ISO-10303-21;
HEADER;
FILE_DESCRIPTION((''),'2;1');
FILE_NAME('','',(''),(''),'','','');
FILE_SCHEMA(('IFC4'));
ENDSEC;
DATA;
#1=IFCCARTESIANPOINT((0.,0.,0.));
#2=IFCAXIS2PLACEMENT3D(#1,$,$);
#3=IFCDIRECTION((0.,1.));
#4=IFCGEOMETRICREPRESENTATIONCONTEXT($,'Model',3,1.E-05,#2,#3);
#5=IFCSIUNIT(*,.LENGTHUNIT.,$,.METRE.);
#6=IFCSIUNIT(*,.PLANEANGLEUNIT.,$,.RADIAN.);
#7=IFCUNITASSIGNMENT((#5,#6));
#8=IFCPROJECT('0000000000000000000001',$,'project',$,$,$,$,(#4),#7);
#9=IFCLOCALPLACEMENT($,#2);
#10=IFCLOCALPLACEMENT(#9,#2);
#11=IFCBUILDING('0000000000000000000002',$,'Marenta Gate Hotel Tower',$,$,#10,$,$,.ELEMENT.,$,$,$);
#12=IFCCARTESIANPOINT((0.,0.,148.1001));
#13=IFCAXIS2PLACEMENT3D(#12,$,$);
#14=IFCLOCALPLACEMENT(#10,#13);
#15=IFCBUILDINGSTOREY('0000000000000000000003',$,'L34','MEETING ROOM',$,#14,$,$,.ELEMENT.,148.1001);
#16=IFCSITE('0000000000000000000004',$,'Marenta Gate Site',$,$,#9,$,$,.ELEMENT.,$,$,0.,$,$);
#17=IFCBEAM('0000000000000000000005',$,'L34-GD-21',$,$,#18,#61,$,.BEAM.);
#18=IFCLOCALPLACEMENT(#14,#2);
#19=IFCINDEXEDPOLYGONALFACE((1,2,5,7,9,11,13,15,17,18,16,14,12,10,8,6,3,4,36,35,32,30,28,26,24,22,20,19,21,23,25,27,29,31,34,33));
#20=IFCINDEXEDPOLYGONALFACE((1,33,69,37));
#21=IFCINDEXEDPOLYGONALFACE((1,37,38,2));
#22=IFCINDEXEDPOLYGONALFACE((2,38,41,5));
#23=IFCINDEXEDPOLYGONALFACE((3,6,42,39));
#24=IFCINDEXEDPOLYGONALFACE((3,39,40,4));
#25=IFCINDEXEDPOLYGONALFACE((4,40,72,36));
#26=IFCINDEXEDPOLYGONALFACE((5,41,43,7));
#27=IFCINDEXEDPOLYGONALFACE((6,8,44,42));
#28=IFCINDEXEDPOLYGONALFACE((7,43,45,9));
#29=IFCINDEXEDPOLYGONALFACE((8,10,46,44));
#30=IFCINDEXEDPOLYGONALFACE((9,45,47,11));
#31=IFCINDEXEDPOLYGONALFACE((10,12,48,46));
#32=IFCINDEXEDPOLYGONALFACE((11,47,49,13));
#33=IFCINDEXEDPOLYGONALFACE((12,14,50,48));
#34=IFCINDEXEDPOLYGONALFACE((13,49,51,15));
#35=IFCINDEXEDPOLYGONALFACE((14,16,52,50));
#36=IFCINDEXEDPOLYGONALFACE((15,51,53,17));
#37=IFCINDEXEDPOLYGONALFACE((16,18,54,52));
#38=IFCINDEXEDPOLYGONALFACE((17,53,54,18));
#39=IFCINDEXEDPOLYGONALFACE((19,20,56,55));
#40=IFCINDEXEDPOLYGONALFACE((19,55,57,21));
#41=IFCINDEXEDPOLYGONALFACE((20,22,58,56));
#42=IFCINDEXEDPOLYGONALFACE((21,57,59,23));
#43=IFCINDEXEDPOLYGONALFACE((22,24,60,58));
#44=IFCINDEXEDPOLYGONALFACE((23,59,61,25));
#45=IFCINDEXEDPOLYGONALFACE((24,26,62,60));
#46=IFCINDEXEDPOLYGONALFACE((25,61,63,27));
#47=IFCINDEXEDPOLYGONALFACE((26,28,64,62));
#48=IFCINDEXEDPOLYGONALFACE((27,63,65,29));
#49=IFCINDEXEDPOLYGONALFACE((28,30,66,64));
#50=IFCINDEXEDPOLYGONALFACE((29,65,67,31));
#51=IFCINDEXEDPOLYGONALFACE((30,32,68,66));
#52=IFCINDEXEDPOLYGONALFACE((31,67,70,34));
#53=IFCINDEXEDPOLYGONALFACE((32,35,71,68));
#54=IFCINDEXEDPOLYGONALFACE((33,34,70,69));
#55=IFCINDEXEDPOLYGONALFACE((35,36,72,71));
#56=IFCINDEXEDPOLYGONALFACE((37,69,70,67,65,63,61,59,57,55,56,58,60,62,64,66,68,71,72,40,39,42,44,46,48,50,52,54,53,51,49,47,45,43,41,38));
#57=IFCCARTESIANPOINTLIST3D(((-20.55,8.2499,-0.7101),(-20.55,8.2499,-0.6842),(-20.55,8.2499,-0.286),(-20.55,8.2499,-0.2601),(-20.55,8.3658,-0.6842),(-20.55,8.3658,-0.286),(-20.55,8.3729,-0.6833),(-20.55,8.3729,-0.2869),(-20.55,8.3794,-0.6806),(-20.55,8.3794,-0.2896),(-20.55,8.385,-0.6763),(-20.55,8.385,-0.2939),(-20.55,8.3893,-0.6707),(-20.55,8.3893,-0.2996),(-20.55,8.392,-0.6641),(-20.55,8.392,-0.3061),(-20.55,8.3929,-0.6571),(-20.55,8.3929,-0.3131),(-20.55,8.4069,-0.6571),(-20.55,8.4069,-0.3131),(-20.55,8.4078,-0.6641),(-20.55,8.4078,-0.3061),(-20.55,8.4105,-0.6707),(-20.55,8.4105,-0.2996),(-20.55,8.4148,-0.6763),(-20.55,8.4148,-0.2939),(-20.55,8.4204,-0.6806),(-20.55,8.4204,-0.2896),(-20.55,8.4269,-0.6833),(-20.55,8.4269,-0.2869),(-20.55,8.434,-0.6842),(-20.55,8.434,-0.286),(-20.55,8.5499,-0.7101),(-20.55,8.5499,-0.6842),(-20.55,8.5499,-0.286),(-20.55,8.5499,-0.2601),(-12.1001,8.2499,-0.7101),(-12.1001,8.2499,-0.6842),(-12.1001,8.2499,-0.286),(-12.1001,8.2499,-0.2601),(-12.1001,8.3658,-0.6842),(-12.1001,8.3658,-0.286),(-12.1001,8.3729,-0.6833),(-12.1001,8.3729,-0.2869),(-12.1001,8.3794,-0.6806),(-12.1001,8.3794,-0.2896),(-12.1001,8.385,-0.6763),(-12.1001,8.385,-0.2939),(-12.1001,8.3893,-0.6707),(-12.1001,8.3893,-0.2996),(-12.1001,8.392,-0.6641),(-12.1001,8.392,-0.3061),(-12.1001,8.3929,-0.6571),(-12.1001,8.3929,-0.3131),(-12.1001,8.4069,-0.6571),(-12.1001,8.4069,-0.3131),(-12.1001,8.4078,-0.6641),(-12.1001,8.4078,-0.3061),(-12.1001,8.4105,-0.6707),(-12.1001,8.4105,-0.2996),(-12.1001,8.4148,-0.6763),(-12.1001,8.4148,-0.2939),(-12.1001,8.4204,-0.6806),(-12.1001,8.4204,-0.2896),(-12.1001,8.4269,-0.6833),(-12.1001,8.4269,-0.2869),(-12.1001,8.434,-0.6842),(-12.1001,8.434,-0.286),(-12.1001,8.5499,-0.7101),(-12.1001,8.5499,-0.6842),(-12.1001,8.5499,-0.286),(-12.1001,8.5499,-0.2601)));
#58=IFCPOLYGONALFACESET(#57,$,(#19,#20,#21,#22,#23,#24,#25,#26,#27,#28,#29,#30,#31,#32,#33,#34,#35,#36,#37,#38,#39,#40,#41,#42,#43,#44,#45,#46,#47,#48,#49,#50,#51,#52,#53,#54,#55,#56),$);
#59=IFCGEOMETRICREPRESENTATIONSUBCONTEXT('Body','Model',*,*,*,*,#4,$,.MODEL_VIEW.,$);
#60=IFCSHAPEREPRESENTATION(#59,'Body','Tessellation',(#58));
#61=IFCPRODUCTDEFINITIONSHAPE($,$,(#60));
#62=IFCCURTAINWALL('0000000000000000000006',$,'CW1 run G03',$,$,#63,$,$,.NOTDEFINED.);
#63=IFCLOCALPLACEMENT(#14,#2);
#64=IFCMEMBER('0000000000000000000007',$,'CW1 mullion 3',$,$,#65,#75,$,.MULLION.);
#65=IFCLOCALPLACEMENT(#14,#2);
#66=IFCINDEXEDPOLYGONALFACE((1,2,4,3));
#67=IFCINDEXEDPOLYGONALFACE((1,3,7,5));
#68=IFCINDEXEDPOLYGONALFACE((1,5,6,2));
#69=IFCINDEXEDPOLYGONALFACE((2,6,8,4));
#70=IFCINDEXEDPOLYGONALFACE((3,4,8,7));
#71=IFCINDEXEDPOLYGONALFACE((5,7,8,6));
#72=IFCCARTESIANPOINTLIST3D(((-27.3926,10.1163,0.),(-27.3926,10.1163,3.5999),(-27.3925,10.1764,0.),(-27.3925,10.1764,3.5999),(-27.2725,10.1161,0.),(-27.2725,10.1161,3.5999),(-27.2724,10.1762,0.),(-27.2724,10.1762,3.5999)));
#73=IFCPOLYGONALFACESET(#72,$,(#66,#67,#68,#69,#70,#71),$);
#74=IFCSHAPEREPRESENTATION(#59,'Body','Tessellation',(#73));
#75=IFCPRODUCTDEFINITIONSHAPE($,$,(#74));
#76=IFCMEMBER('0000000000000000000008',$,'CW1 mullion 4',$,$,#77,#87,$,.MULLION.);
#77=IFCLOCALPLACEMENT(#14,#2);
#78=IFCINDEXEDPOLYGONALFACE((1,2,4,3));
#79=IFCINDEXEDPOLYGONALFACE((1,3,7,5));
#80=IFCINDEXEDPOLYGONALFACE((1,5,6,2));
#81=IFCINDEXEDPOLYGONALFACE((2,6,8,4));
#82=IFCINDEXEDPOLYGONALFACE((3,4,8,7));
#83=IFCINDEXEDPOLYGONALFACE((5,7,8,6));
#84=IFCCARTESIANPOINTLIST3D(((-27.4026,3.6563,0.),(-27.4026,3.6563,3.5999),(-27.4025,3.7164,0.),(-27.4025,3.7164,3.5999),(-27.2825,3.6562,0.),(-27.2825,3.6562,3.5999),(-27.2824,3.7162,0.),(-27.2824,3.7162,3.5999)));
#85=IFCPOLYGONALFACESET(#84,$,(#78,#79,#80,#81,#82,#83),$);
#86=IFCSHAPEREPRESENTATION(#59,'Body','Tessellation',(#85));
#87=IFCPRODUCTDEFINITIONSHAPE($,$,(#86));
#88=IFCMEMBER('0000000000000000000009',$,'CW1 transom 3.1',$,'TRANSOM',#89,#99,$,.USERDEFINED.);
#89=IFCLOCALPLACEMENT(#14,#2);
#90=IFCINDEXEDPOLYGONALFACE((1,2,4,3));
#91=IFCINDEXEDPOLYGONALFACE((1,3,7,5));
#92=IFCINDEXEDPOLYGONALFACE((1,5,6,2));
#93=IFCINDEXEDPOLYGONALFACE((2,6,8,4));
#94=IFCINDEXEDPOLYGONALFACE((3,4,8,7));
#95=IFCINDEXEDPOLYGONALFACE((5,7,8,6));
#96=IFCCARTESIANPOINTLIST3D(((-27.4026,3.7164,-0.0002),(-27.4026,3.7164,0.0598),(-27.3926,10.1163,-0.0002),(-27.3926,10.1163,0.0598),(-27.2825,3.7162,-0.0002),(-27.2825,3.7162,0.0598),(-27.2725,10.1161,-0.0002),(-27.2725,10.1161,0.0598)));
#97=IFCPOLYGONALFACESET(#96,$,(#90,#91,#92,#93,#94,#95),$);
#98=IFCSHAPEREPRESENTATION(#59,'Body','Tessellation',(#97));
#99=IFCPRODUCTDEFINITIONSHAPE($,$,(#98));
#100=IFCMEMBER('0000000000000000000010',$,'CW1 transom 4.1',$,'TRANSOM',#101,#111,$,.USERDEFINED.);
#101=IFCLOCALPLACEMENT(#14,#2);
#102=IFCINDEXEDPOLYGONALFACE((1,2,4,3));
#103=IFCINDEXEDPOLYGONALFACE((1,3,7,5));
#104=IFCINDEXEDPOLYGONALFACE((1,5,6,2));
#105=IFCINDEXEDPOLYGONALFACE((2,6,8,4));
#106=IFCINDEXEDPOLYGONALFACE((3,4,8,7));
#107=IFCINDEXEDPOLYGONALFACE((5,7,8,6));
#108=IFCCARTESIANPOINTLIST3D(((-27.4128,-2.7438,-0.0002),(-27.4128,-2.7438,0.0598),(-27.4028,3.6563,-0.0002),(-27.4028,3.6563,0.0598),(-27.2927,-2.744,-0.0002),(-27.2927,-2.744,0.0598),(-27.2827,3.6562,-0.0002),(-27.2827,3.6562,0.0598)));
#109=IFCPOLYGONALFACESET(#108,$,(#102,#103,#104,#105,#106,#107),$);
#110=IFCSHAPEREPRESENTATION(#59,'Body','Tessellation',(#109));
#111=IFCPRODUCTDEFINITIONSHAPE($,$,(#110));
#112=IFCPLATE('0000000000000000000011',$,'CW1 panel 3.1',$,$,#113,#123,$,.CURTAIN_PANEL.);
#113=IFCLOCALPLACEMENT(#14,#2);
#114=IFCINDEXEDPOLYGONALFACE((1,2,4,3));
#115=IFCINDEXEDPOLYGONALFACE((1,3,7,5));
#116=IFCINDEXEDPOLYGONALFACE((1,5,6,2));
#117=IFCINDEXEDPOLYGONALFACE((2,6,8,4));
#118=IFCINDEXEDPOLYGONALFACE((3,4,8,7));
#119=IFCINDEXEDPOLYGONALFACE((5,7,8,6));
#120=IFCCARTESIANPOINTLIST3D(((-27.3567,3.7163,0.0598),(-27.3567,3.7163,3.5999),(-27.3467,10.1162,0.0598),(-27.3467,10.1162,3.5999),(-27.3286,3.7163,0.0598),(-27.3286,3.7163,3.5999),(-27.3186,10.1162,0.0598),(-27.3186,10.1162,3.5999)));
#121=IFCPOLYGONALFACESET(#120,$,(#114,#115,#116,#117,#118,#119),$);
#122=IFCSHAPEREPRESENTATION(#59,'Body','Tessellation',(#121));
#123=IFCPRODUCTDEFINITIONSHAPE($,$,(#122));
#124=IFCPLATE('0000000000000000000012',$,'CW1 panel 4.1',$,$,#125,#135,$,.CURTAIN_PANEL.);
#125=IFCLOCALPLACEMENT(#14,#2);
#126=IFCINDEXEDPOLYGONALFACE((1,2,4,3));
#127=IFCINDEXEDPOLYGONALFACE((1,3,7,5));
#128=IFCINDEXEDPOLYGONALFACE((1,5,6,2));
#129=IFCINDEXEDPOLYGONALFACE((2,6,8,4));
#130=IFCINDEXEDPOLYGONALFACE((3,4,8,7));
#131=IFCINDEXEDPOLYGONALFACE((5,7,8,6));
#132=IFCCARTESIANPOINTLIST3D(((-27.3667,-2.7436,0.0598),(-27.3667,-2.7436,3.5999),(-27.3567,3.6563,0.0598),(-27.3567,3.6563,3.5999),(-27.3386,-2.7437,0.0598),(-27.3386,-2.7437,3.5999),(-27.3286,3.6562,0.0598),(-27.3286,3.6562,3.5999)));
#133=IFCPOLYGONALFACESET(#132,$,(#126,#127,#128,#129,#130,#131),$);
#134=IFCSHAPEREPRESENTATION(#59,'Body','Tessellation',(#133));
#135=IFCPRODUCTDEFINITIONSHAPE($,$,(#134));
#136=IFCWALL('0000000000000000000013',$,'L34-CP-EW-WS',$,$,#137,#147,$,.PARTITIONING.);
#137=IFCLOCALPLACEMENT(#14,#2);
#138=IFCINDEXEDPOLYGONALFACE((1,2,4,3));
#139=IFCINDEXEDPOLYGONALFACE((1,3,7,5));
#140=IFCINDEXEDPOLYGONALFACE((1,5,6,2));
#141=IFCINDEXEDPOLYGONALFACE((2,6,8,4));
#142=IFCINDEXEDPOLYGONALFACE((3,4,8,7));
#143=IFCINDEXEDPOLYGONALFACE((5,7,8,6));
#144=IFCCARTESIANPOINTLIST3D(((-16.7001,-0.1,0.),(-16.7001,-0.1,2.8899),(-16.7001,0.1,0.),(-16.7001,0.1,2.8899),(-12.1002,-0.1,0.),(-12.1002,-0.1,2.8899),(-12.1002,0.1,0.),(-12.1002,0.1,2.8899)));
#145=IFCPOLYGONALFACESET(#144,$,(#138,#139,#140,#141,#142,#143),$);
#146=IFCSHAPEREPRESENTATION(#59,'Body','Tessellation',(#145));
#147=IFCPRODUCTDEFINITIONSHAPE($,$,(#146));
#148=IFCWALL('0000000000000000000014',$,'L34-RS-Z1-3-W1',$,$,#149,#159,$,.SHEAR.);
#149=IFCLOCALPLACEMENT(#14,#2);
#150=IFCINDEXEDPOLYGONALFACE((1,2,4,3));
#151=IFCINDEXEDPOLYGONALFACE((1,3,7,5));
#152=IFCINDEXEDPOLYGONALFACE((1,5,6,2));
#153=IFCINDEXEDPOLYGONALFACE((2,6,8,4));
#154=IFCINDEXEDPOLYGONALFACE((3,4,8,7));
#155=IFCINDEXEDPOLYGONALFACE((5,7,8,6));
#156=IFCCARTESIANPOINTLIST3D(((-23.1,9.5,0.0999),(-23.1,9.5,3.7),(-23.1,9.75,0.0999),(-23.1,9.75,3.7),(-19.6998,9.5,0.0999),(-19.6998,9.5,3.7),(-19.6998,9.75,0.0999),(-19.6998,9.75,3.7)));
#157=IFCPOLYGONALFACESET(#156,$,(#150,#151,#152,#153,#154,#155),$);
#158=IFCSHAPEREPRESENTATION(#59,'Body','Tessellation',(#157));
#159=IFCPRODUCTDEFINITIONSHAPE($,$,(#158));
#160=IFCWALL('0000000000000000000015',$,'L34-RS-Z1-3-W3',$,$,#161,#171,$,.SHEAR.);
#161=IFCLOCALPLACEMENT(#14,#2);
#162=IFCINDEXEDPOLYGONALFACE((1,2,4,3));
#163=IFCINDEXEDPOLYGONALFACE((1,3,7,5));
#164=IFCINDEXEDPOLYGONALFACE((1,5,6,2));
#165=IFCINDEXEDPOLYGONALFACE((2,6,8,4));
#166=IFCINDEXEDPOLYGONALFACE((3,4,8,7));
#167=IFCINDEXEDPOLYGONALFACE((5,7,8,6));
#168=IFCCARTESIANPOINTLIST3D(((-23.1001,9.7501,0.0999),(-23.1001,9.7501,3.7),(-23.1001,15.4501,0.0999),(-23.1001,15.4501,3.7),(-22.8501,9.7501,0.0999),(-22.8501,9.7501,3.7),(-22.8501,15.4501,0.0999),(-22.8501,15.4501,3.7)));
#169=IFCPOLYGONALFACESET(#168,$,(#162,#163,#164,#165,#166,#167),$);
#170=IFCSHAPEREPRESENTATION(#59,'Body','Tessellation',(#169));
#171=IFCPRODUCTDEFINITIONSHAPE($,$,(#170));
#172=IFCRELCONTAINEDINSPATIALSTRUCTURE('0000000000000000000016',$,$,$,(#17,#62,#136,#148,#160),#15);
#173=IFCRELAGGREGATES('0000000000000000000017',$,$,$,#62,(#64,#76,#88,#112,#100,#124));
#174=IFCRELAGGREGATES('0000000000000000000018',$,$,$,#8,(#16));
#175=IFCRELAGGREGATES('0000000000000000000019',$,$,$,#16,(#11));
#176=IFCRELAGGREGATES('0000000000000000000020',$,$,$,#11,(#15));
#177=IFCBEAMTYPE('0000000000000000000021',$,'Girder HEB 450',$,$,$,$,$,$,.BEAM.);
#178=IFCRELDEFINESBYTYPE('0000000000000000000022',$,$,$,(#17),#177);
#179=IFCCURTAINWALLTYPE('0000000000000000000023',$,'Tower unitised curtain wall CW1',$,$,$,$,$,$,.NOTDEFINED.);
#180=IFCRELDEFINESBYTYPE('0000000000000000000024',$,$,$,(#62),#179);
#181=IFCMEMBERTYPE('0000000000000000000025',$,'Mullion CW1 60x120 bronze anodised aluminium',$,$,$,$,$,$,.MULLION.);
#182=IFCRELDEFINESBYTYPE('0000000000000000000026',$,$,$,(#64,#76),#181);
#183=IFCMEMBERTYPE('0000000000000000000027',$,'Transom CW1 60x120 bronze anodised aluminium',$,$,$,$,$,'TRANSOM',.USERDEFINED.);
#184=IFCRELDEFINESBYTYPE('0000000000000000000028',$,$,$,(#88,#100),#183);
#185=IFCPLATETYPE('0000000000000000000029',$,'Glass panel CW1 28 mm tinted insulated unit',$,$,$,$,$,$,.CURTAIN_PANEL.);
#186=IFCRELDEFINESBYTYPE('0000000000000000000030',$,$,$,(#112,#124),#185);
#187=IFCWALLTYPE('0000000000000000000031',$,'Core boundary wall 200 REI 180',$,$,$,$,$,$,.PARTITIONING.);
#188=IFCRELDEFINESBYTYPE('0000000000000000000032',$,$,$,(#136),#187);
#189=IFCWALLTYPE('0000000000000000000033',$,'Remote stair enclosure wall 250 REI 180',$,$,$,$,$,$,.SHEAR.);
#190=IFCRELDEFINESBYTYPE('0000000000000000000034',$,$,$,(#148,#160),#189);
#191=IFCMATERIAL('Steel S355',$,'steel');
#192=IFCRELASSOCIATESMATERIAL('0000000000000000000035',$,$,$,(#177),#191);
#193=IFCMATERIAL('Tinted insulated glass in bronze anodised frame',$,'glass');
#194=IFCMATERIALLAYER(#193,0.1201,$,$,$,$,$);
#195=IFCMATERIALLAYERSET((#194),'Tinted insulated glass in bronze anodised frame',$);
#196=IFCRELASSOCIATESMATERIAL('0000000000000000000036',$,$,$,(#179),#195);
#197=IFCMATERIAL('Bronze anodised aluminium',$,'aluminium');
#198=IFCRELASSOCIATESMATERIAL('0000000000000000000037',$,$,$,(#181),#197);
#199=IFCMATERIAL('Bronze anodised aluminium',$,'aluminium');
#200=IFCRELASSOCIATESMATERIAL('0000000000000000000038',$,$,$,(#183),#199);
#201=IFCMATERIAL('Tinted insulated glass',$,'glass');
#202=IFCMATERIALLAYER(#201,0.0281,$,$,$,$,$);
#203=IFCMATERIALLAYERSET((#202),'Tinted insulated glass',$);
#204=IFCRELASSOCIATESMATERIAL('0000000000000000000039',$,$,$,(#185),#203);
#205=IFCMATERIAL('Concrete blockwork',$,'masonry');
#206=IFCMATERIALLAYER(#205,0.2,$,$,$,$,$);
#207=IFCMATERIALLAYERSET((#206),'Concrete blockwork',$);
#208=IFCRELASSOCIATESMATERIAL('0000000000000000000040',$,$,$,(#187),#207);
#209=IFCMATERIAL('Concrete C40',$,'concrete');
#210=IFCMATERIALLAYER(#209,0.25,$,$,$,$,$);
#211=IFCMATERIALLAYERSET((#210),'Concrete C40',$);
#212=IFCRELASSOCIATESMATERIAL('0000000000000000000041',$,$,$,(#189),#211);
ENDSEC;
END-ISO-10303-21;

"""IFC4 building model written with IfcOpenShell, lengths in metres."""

from ifc_helpers import new_model, si_unit, direction, frame, frame_2d, origin, origin_2d, place, context, subcontext, project, spatial, rectangle, i_section, extrude, material, layer, layer_set, material_profile, profile_set, type_object, element, aggregate, save


model = new_model("IFC4")

# Units and contexts
model_context = context("Model", 3, precision=1e-05, world=origin(), true_north=direction((0.0, 1.0)))
body_context = subcontext(model_context, "Body", "Model", "MODEL_VIEW")
ifc_project = project(units=[si_unit("LENGTHUNIT", "METRE"), si_unit("PLANEANGLEUNIT", "RADIAN")], contexts=[model_context])

# Site, building, storey
site_placement = place(None, origin())
site = spatial("IfcSite", under=ifc_project, at=site_placement, Name="Marenta Gate Site", CompositionType="ELEMENT", RefElevation=0.0)
building_placement = place(site_placement, origin())
building = spatial("IfcBuilding", under=site, at=building_placement, Name="Marenta Gate Hotel Tower", CompositionType="ELEMENT")
storey_placement = place(building_placement, frame((0.0, 0.0, 148.1001)))
storey = spatial("IfcBuildingStorey", under=building, at=storey_placement, Name="L34", Description="MEETING ROOM", CompositionType="ELEMENT", Elevation=148.1001)

# Beam
ifc_material_1 = material(Name="Steel S355", Category="steel")
ifc_material_profile_1 = material_profile(ifc_material_1, i_section(OverallWidth=0.3, OverallDepth=0.45, WebThickness=0.0139, FlangeThickness=0.0259, FilletRadius=0.0271, at=origin_2d()), Name="HEB 450")
ifc_profile_set_1 = profile_set([ifc_material_profile_1], Name="Steel S355")
beam_type_1 = type_object("IfcBeamType", Name="Girder HEB 450", PredefinedType="BEAM", material=ifc_profile_set_1)
beam_1_placement = place(storey_placement, frame((-20.55, 8.3999, -0.4851), z_axis=(1.0, 0.0, 0.0), x_axis=(0.0, 1.0, 0.0)))
element("IfcBeam", 1, at=beam_1_placement, inside=storey, type_object=beam_type_1, Name="L34-GD-21", PredefinedType="BEAM", context=body_context, shape_type="SweptSolid", body=[
    extrude(i_section(OverallWidth=0.3, OverallDepth=0.45, WebThickness=0.0139, FlangeThickness=0.0259, FilletRadius=0.0271, at=origin_2d()), origin(), (0.0, 0.0, 1.0), 8.45),
])

# Curtain wall, members, plates
ifc_material_2 = material(Name="Tinted insulated glass in bronze anodised frame", Category="glass")
ifc_layer_1 = layer(ifc_material_2, 0.1201)
ifc_layer_set_1 = layer_set([ifc_layer_1], Name="Tinted insulated glass in bronze anodised frame")
curtain_wall_type = type_object("IfcCurtainWallType", Name="Tower unitised curtain wall CW1", PredefinedType="NOTDEFINED", material=ifc_layer_set_1)
curtain_wall_placement = place(storey_placement, origin())
curtain_wall = element("IfcCurtainWall", 2, at=curtain_wall_placement, inside=storey, type_object=curtain_wall_type, Name="CW1 run G03", PredefinedType="NOTDEFINED")
ifc_material_3 = material(Name="Bronze anodised aluminium", Category="aluminium")
ifc_material_profile_2 = material_profile(ifc_material_3, rectangle(XDim=0.1201, YDim=0.0601, at=origin_2d()), Name="Mullion CW1 60x120 bronze anodised aluminium")
ifc_profile_set_2 = profile_set([ifc_material_profile_2], Name="Bronze anodised aluminium")
member_type_1 = type_object("IfcMemberType", Name="Mullion CW1 60x120 bronze anodised aluminium", PredefinedType="MULLION", material=ifc_profile_set_2)
member_1_placement = place(storey_placement, frame((-27.3325, 10.1462, 0.0), z_axis=(0.0, 0.0, 1.0), x_axis=(0.999999, -0.001566, 0.0)))
member_1 = element("IfcMember", 3, at=member_1_placement, type_object=member_type_1, Name="CW1 mullion 3", PredefinedType="MULLION", context=body_context, shape_type="SweptSolid", body=[
    extrude(rectangle(XDim=0.1201, YDim=0.0601, at=origin_2d()), origin(), (0.0, 0.0, 1.0), 3.5999),
])
member_2_placement = place(storey_placement, frame((-27.3425, 3.6863, 0.0), z_axis=(0.0, 0.0, 1.0), x_axis=(0.999999, -0.001566, 0.0)))
member_2 = element("IfcMember", 4, at=member_2_placement, type_object=member_type_1, Name="CW1 mullion 4", PredefinedType="MULLION", context=body_context, shape_type="SweptSolid", body=[
    extrude(rectangle(XDim=0.1201, YDim=0.0601, at=origin_2d()), origin(), (0.0, 0.0, 1.0), 3.5999),
])
ifc_material_4 = material(Name="Bronze anodised aluminium", Category="aluminium")
ifc_material_profile_3 = material_profile(ifc_material_4, rectangle(XDim=0.1201, YDim=0.0601, at=origin_2d()), Name="Transom CW1 60x120 bronze anodised aluminium")
ifc_profile_set_3 = profile_set([ifc_material_profile_3], Name="Bronze anodised aluminium")
member_type_2 = type_object("IfcMemberType", Name="Transom CW1 60x120 bronze anodised aluminium", ElementType="TRANSOM", PredefinedType="USERDEFINED", material=ifc_profile_set_3)
member_3_placement = place(storey_placement, frame((-27.3325, 10.1162, 0.0298), z_axis=(-0.001564, -0.999999, 0.0), x_axis=(0.999999, -0.001564, 0.0)))
member_3 = element("IfcMember", 5, at=member_3_placement, type_object=member_type_2, Name="CW1 transom 3.1", ObjectType="TRANSOM", PredefinedType="USERDEFINED", context=body_context, shape_type="SweptSolid", body=[
    extrude(rectangle(XDim=0.1201, YDim=0.0601, at=origin_2d()), origin(), (0.0, 0.0, 1.0), 6.3999),
])
member_4_placement = place(storey_placement, frame((-27.3428, 3.6562, 0.0298), z_axis=(-0.001564, -0.999999, 0.0), x_axis=(0.999999, -0.001564, 0.0)))
member_4 = element("IfcMember", 6, at=member_4_placement, type_object=member_type_2, Name="CW1 transom 4.1", ObjectType="TRANSOM", PredefinedType="USERDEFINED", context=body_context, shape_type="SweptSolid", body=[
    extrude(rectangle(XDim=0.1201, YDim=0.0601, at=origin_2d()), origin(), (0.0, 0.0, 1.0), 6.4001),
])
ifc_material_5 = material(Name="Tinted insulated glass", Category="glass")
ifc_layer_2 = layer(ifc_material_5, 0.0281)
ifc_layer_set_2 = layer_set([ifc_layer_2], Name="Tinted insulated glass")
plate_type = type_object("IfcPlateType", Name="Glass panel CW1 28 mm tinted insulated unit", PredefinedType="CURTAIN_PANEL", material=ifc_layer_set_2)
plate_1_placement = place(storey_placement, frame((-27.3376, 6.9163, 0.0598), z_axis=(0.0, 0.0, 1.0), x_axis=(-0.001566, -0.999999, 0.0)))
plate_1 = element("IfcPlate", 7, at=plate_1_placement, type_object=plate_type, Name="CW1 panel 3.1", PredefinedType="CURTAIN_PANEL", context=body_context, shape_type="SweptSolid", body=[
    extrude(rectangle(XDim=6.3999, YDim=0.0281, at=origin_2d()), origin(), (0.0, 0.0, 1.0), 3.54),
])
plate_2_placement = place(storey_placement, frame((-27.3477, 0.4563, 0.0598), z_axis=(0.0, 0.0, 1.0), x_axis=(-0.001566, -0.999999, 0.0)))
plate_2 = element("IfcPlate", 8, at=plate_2_placement, type_object=plate_type, Name="CW1 panel 4.1", PredefinedType="CURTAIN_PANEL", context=body_context, shape_type="SweptSolid", body=[
    extrude(rectangle(XDim=6.3999, YDim=0.0281, at=origin_2d()), origin(), (0.0, 0.0, 1.0), 3.54),
])
aggregate(curtain_wall, [member_1, member_2, member_3, plate_1, member_4, plate_2])

# Walls
ifc_material_6 = material(Name="Concrete blockwork", Category="masonry")
ifc_layer_3 = layer(ifc_material_6, 0.2)
ifc_layer_set_3 = layer_set([ifc_layer_3], Name="Concrete blockwork")
wall_type_1 = type_object("IfcWallType", Name="Core boundary wall 200 REI 180", PredefinedType="PARTITIONING", material=ifc_layer_set_3)
wall_1_placement = place(storey_placement, frame((-16.7, 0.0, 0.0), z_axis=(0.0, 0.0, 1.0), x_axis=(1.0, 0.0, 0.0)))
element("IfcWall", 9, at=wall_1_placement, inside=storey, type_object=wall_type_1, Name="L34-CP-EW-WS", PredefinedType="PARTITIONING", context=body_context, shape_type="SweptSolid", body=[
    extrude(rectangle(XDim=4.5999, YDim=0.2, at=frame_2d((2.2998, 0.0))), origin(), (0.0, 0.0, 1.0), 2.8899),
])
ifc_material_7 = material(Name="Concrete C40", Category="concrete")
ifc_layer_4 = layer(ifc_material_7, 0.25)
ifc_layer_set_4 = layer_set([ifc_layer_4], Name="Concrete C40")
wall_type_2 = type_object("IfcWallType", Name="Remote stair enclosure wall 250 REI 180", PredefinedType="SHEAR", material=ifc_layer_set_4)
wall_2_placement = place(storey_placement, frame((-23.1001, 9.625, 0.0999), z_axis=(0.0, 0.0, 1.0), x_axis=(1.0, 0.0, 0.0)))
element("IfcWall", 10, at=wall_2_placement, inside=storey, type_object=wall_type_2, Name="L34-RS-Z1-3-W1", PredefinedType="SHEAR", context=body_context, shape_type="SweptSolid", body=[
    extrude(rectangle(XDim=3.4001, YDim=0.25, at=frame_2d((1.7002, 0.0))), origin(), (0.0, 0.0, 1.0), 3.6001),
])
wall_3_placement = place(storey_placement, frame((-22.9751, 9.75, 0.0999), z_axis=(0.0, 0.0, 1.0), x_axis=(0.0, 1.0, 0.0)))
element("IfcWall", 11, at=wall_3_placement, inside=storey, type_object=wall_type_2, Name="L34-RS-Z1-3-W3", PredefinedType="SHEAR", context=body_context, shape_type="SweptSolid", body=[
    extrude(rectangle(XDim=5.7, YDim=0.25, at=frame_2d((2.8501, 0.0))), origin(), (0.0, 0.0, 1.0), 3.6001),
])

save(model, "model.ifc")
